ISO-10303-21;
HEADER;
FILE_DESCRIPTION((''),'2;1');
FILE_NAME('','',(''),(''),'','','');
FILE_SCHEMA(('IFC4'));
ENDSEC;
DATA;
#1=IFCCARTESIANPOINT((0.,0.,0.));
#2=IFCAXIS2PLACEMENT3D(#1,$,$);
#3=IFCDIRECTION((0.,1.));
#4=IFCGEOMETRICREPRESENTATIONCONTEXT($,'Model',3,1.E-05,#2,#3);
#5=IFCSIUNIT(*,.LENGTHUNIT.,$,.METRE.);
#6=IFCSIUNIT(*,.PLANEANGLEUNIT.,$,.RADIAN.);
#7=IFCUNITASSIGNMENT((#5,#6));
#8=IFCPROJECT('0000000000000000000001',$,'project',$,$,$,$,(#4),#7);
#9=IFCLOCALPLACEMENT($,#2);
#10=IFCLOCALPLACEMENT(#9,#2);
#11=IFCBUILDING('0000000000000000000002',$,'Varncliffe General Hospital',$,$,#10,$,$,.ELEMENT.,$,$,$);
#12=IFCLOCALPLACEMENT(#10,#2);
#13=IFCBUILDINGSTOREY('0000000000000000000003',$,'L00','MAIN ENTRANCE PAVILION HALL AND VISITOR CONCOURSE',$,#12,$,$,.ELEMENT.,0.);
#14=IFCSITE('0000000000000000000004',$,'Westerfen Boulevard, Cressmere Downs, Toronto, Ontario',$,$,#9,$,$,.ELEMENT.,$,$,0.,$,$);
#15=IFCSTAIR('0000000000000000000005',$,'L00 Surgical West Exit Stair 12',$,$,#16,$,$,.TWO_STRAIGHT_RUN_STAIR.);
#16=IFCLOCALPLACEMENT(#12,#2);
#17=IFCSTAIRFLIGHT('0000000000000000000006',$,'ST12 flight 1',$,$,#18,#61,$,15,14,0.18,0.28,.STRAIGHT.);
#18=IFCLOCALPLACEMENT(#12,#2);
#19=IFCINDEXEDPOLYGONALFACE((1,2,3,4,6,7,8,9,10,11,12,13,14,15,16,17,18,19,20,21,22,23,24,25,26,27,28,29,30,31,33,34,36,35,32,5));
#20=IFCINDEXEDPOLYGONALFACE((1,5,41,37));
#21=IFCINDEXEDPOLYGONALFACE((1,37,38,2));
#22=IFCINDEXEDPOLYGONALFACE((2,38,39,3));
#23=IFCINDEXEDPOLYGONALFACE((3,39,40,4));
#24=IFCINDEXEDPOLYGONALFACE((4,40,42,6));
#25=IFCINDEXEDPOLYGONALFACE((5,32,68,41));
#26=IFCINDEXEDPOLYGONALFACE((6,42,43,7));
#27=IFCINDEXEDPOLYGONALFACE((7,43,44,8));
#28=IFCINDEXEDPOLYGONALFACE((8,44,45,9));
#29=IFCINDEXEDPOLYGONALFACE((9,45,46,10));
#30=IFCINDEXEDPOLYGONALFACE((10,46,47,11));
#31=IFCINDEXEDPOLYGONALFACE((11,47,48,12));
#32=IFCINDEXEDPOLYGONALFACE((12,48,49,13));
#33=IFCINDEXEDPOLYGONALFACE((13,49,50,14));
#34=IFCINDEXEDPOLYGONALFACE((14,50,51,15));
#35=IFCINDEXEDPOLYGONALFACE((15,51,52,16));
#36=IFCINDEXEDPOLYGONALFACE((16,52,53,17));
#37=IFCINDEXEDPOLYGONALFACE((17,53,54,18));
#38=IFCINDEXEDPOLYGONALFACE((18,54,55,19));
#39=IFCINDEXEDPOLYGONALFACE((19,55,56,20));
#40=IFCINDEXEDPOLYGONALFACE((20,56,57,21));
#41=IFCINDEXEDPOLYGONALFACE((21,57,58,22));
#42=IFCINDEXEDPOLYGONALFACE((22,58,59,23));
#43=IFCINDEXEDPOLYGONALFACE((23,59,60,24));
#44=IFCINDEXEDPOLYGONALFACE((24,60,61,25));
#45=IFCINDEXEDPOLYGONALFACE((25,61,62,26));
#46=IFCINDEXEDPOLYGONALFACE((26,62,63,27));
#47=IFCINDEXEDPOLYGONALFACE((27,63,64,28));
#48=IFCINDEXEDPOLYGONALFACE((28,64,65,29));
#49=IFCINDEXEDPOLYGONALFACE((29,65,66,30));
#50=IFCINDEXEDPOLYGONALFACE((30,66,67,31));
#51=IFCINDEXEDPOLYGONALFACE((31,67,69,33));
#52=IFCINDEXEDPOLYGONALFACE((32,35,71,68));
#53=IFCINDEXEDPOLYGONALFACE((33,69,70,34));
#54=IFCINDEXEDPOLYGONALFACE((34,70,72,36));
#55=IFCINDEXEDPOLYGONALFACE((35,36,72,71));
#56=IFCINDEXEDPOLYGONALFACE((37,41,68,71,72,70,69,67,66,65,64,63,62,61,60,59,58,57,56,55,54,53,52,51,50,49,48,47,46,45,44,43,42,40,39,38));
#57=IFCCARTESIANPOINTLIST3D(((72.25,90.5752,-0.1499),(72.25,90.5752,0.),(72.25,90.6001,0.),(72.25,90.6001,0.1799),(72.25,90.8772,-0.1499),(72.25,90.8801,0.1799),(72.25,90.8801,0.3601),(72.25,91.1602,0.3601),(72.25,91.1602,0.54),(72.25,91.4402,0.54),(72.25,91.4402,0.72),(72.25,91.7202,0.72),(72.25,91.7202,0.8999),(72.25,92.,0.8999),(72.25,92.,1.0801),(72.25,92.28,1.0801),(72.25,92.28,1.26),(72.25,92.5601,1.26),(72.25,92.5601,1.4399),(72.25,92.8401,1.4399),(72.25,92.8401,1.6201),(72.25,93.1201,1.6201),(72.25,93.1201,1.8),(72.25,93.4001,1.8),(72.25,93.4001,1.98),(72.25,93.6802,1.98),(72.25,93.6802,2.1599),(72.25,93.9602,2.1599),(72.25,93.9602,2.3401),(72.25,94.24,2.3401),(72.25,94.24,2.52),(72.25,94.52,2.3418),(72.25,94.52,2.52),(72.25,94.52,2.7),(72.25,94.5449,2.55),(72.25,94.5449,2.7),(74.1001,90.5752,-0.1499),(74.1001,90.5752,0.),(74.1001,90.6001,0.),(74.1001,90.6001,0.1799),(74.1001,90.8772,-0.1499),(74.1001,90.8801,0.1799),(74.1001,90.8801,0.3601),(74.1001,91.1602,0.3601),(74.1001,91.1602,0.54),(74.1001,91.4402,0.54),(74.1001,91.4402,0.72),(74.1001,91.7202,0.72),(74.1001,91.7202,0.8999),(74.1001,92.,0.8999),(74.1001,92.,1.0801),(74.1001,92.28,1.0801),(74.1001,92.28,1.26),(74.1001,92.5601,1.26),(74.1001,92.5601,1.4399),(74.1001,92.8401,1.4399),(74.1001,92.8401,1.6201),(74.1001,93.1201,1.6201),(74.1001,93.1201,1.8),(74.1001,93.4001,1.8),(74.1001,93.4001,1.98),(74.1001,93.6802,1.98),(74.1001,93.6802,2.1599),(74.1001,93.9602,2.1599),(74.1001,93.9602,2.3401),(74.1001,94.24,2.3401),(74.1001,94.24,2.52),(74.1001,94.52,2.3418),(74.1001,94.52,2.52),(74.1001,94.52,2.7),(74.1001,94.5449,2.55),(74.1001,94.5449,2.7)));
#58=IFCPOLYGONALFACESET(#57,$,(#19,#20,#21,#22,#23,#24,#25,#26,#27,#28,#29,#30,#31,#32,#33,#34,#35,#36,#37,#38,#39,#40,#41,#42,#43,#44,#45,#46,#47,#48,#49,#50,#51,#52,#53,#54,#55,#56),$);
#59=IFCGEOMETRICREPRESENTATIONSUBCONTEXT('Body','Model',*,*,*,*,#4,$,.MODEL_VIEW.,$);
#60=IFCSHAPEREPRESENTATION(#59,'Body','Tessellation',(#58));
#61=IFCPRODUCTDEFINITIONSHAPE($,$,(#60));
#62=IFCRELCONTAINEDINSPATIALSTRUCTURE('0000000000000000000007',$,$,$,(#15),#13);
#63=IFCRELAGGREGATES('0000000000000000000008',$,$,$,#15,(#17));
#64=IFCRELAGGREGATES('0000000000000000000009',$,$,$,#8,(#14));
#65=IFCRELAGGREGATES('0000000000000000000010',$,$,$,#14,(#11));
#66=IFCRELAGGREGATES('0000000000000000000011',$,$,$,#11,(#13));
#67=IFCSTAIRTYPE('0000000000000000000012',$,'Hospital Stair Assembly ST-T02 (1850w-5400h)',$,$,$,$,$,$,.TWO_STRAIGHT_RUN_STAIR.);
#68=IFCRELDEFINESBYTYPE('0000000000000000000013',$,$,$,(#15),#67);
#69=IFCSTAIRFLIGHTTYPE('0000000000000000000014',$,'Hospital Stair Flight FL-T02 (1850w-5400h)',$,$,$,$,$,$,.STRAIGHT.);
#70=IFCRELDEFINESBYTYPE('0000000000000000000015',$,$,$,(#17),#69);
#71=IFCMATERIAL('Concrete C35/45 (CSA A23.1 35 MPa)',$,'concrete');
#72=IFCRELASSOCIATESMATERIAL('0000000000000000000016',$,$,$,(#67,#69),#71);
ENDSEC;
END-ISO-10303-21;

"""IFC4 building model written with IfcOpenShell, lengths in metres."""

from ifc_helpers import new_model, si_unit, direction, frame, origin, place, context, subcontext, project, spatial, polyline, outline, extrude, material, type_object, element, aggregate, save


model = new_model("IFC4")

# Units and contexts
model_context = context("Model", 3, precision=1e-05, world=origin(), true_north=direction((0.0, 1.0)))
body_context = subcontext(model_context, "Body", "Model", "MODEL_VIEW")
ifc_project = project(units=[si_unit("LENGTHUNIT", "METRE"), si_unit("PLANEANGLEUNIT", "RADIAN")], contexts=[model_context])

# Site, building, storey
site_placement = place(None, origin())
site = spatial("IfcSite", under=ifc_project, at=site_placement, Name="Westerfen Boulevard, Cressmere Downs, Toronto, Ontario", CompositionType="ELEMENT", RefElevation=0.0)
building_placement = place(site_placement, origin())
building = spatial("IfcBuilding", under=site, at=building_placement, Name="Varncliffe General Hospital", CompositionType="ELEMENT")
storey_placement = place(building_placement, origin())
storey = spatial("IfcBuildingStorey", under=building, at=storey_placement, Name="L00", Description="MAIN ENTRANCE PAVILION HALL AND VISITOR CONCOURSE", CompositionType="ELEMENT", Elevation=0.0)

# Shared definitions
ifc_material_1 = material(Name="Concrete C35/45 (CSA A23.1 35 MPa)", Category="concrete")

# Stair, stair flight
stair_type = type_object("IfcStairType", Name="Hospital Stair Assembly ST-T02 (1850w-5400h)", PredefinedType="TWO_STRAIGHT_RUN_STAIR", material=ifc_material_1)
stair_placement = place(storey_placement, origin())
stair = element("IfcStair", 1, at=stair_placement, inside=storey, type_object=stair_type, Name="L00 Surgical West Exit Stair 12", PredefinedType="TWO_STRAIGHT_RUN_STAIR")
stair_flight_type = type_object("IfcStairFlightType", Name="Hospital Stair Flight FL-T02 (1850w-5400h)", PredefinedType="STRAIGHT", material=ifc_material_1)
stair_flight_placement = place(storey_placement, frame((73.175, 90.6001, 0.0), z_axis=(0.0, 0.0, 1.0), x_axis=(0.0, 1.0, 0.0)))
stair_flight = element("IfcStairFlight", 2, at=stair_flight_placement, type_object=stair_flight_type, Name="ST12 flight 1", NumberOfRisers=15, NumberOfTreads=14, PredefinedType="STRAIGHT", RiserHeight=0.18, TreadLength=0.28, context=body_context, shape_type="SweptSolid", body=[
    extrude(outline(polyline([(-0.0249, -0.1499), (-0.0249, 0.0), (0.0, 0.0), (0.0, 0.1799), (0.28, 0.1799), (0.28, 0.3601), (0.5601, 0.3601), (0.5601, 0.54), (0.8401, 0.54), (0.8401, 0.72), (1.1201, 0.72), (1.1201, 0.8999), (1.3999, 0.8999), (1.3999, 1.0801), (1.6799, 1.0801), (1.6799, 1.26), (1.96, 1.26), (1.96, 1.4399), (2.24, 1.4399), (2.24, 1.6201), (2.52, 1.6201), (2.52, 1.8), (2.8, 1.8), (2.8, 1.98), (3.0801, 1.98), (3.0801, 2.1599), (3.3601, 2.1599), (3.3601, 2.3401), (3.6399, 2.3401), (3.6399, 2.52), (3.9199, 2.52), (3.9199, 2.7), (3.9448, 2.7), (3.9448, 2.55), (3.9199, 2.3418), (0.2771, -0.1499), (-0.0249, -0.1499)])), frame((0.0, 0.925, 0.0), z_axis=(0.0, -1.0, 0.0), x_axis=(1.0, 0.0, 0.0)), (0.0, 0.0, 1.0), 1.8501),
])
aggregate(stair, [stair_flight])

save(model, "model.ifc")
